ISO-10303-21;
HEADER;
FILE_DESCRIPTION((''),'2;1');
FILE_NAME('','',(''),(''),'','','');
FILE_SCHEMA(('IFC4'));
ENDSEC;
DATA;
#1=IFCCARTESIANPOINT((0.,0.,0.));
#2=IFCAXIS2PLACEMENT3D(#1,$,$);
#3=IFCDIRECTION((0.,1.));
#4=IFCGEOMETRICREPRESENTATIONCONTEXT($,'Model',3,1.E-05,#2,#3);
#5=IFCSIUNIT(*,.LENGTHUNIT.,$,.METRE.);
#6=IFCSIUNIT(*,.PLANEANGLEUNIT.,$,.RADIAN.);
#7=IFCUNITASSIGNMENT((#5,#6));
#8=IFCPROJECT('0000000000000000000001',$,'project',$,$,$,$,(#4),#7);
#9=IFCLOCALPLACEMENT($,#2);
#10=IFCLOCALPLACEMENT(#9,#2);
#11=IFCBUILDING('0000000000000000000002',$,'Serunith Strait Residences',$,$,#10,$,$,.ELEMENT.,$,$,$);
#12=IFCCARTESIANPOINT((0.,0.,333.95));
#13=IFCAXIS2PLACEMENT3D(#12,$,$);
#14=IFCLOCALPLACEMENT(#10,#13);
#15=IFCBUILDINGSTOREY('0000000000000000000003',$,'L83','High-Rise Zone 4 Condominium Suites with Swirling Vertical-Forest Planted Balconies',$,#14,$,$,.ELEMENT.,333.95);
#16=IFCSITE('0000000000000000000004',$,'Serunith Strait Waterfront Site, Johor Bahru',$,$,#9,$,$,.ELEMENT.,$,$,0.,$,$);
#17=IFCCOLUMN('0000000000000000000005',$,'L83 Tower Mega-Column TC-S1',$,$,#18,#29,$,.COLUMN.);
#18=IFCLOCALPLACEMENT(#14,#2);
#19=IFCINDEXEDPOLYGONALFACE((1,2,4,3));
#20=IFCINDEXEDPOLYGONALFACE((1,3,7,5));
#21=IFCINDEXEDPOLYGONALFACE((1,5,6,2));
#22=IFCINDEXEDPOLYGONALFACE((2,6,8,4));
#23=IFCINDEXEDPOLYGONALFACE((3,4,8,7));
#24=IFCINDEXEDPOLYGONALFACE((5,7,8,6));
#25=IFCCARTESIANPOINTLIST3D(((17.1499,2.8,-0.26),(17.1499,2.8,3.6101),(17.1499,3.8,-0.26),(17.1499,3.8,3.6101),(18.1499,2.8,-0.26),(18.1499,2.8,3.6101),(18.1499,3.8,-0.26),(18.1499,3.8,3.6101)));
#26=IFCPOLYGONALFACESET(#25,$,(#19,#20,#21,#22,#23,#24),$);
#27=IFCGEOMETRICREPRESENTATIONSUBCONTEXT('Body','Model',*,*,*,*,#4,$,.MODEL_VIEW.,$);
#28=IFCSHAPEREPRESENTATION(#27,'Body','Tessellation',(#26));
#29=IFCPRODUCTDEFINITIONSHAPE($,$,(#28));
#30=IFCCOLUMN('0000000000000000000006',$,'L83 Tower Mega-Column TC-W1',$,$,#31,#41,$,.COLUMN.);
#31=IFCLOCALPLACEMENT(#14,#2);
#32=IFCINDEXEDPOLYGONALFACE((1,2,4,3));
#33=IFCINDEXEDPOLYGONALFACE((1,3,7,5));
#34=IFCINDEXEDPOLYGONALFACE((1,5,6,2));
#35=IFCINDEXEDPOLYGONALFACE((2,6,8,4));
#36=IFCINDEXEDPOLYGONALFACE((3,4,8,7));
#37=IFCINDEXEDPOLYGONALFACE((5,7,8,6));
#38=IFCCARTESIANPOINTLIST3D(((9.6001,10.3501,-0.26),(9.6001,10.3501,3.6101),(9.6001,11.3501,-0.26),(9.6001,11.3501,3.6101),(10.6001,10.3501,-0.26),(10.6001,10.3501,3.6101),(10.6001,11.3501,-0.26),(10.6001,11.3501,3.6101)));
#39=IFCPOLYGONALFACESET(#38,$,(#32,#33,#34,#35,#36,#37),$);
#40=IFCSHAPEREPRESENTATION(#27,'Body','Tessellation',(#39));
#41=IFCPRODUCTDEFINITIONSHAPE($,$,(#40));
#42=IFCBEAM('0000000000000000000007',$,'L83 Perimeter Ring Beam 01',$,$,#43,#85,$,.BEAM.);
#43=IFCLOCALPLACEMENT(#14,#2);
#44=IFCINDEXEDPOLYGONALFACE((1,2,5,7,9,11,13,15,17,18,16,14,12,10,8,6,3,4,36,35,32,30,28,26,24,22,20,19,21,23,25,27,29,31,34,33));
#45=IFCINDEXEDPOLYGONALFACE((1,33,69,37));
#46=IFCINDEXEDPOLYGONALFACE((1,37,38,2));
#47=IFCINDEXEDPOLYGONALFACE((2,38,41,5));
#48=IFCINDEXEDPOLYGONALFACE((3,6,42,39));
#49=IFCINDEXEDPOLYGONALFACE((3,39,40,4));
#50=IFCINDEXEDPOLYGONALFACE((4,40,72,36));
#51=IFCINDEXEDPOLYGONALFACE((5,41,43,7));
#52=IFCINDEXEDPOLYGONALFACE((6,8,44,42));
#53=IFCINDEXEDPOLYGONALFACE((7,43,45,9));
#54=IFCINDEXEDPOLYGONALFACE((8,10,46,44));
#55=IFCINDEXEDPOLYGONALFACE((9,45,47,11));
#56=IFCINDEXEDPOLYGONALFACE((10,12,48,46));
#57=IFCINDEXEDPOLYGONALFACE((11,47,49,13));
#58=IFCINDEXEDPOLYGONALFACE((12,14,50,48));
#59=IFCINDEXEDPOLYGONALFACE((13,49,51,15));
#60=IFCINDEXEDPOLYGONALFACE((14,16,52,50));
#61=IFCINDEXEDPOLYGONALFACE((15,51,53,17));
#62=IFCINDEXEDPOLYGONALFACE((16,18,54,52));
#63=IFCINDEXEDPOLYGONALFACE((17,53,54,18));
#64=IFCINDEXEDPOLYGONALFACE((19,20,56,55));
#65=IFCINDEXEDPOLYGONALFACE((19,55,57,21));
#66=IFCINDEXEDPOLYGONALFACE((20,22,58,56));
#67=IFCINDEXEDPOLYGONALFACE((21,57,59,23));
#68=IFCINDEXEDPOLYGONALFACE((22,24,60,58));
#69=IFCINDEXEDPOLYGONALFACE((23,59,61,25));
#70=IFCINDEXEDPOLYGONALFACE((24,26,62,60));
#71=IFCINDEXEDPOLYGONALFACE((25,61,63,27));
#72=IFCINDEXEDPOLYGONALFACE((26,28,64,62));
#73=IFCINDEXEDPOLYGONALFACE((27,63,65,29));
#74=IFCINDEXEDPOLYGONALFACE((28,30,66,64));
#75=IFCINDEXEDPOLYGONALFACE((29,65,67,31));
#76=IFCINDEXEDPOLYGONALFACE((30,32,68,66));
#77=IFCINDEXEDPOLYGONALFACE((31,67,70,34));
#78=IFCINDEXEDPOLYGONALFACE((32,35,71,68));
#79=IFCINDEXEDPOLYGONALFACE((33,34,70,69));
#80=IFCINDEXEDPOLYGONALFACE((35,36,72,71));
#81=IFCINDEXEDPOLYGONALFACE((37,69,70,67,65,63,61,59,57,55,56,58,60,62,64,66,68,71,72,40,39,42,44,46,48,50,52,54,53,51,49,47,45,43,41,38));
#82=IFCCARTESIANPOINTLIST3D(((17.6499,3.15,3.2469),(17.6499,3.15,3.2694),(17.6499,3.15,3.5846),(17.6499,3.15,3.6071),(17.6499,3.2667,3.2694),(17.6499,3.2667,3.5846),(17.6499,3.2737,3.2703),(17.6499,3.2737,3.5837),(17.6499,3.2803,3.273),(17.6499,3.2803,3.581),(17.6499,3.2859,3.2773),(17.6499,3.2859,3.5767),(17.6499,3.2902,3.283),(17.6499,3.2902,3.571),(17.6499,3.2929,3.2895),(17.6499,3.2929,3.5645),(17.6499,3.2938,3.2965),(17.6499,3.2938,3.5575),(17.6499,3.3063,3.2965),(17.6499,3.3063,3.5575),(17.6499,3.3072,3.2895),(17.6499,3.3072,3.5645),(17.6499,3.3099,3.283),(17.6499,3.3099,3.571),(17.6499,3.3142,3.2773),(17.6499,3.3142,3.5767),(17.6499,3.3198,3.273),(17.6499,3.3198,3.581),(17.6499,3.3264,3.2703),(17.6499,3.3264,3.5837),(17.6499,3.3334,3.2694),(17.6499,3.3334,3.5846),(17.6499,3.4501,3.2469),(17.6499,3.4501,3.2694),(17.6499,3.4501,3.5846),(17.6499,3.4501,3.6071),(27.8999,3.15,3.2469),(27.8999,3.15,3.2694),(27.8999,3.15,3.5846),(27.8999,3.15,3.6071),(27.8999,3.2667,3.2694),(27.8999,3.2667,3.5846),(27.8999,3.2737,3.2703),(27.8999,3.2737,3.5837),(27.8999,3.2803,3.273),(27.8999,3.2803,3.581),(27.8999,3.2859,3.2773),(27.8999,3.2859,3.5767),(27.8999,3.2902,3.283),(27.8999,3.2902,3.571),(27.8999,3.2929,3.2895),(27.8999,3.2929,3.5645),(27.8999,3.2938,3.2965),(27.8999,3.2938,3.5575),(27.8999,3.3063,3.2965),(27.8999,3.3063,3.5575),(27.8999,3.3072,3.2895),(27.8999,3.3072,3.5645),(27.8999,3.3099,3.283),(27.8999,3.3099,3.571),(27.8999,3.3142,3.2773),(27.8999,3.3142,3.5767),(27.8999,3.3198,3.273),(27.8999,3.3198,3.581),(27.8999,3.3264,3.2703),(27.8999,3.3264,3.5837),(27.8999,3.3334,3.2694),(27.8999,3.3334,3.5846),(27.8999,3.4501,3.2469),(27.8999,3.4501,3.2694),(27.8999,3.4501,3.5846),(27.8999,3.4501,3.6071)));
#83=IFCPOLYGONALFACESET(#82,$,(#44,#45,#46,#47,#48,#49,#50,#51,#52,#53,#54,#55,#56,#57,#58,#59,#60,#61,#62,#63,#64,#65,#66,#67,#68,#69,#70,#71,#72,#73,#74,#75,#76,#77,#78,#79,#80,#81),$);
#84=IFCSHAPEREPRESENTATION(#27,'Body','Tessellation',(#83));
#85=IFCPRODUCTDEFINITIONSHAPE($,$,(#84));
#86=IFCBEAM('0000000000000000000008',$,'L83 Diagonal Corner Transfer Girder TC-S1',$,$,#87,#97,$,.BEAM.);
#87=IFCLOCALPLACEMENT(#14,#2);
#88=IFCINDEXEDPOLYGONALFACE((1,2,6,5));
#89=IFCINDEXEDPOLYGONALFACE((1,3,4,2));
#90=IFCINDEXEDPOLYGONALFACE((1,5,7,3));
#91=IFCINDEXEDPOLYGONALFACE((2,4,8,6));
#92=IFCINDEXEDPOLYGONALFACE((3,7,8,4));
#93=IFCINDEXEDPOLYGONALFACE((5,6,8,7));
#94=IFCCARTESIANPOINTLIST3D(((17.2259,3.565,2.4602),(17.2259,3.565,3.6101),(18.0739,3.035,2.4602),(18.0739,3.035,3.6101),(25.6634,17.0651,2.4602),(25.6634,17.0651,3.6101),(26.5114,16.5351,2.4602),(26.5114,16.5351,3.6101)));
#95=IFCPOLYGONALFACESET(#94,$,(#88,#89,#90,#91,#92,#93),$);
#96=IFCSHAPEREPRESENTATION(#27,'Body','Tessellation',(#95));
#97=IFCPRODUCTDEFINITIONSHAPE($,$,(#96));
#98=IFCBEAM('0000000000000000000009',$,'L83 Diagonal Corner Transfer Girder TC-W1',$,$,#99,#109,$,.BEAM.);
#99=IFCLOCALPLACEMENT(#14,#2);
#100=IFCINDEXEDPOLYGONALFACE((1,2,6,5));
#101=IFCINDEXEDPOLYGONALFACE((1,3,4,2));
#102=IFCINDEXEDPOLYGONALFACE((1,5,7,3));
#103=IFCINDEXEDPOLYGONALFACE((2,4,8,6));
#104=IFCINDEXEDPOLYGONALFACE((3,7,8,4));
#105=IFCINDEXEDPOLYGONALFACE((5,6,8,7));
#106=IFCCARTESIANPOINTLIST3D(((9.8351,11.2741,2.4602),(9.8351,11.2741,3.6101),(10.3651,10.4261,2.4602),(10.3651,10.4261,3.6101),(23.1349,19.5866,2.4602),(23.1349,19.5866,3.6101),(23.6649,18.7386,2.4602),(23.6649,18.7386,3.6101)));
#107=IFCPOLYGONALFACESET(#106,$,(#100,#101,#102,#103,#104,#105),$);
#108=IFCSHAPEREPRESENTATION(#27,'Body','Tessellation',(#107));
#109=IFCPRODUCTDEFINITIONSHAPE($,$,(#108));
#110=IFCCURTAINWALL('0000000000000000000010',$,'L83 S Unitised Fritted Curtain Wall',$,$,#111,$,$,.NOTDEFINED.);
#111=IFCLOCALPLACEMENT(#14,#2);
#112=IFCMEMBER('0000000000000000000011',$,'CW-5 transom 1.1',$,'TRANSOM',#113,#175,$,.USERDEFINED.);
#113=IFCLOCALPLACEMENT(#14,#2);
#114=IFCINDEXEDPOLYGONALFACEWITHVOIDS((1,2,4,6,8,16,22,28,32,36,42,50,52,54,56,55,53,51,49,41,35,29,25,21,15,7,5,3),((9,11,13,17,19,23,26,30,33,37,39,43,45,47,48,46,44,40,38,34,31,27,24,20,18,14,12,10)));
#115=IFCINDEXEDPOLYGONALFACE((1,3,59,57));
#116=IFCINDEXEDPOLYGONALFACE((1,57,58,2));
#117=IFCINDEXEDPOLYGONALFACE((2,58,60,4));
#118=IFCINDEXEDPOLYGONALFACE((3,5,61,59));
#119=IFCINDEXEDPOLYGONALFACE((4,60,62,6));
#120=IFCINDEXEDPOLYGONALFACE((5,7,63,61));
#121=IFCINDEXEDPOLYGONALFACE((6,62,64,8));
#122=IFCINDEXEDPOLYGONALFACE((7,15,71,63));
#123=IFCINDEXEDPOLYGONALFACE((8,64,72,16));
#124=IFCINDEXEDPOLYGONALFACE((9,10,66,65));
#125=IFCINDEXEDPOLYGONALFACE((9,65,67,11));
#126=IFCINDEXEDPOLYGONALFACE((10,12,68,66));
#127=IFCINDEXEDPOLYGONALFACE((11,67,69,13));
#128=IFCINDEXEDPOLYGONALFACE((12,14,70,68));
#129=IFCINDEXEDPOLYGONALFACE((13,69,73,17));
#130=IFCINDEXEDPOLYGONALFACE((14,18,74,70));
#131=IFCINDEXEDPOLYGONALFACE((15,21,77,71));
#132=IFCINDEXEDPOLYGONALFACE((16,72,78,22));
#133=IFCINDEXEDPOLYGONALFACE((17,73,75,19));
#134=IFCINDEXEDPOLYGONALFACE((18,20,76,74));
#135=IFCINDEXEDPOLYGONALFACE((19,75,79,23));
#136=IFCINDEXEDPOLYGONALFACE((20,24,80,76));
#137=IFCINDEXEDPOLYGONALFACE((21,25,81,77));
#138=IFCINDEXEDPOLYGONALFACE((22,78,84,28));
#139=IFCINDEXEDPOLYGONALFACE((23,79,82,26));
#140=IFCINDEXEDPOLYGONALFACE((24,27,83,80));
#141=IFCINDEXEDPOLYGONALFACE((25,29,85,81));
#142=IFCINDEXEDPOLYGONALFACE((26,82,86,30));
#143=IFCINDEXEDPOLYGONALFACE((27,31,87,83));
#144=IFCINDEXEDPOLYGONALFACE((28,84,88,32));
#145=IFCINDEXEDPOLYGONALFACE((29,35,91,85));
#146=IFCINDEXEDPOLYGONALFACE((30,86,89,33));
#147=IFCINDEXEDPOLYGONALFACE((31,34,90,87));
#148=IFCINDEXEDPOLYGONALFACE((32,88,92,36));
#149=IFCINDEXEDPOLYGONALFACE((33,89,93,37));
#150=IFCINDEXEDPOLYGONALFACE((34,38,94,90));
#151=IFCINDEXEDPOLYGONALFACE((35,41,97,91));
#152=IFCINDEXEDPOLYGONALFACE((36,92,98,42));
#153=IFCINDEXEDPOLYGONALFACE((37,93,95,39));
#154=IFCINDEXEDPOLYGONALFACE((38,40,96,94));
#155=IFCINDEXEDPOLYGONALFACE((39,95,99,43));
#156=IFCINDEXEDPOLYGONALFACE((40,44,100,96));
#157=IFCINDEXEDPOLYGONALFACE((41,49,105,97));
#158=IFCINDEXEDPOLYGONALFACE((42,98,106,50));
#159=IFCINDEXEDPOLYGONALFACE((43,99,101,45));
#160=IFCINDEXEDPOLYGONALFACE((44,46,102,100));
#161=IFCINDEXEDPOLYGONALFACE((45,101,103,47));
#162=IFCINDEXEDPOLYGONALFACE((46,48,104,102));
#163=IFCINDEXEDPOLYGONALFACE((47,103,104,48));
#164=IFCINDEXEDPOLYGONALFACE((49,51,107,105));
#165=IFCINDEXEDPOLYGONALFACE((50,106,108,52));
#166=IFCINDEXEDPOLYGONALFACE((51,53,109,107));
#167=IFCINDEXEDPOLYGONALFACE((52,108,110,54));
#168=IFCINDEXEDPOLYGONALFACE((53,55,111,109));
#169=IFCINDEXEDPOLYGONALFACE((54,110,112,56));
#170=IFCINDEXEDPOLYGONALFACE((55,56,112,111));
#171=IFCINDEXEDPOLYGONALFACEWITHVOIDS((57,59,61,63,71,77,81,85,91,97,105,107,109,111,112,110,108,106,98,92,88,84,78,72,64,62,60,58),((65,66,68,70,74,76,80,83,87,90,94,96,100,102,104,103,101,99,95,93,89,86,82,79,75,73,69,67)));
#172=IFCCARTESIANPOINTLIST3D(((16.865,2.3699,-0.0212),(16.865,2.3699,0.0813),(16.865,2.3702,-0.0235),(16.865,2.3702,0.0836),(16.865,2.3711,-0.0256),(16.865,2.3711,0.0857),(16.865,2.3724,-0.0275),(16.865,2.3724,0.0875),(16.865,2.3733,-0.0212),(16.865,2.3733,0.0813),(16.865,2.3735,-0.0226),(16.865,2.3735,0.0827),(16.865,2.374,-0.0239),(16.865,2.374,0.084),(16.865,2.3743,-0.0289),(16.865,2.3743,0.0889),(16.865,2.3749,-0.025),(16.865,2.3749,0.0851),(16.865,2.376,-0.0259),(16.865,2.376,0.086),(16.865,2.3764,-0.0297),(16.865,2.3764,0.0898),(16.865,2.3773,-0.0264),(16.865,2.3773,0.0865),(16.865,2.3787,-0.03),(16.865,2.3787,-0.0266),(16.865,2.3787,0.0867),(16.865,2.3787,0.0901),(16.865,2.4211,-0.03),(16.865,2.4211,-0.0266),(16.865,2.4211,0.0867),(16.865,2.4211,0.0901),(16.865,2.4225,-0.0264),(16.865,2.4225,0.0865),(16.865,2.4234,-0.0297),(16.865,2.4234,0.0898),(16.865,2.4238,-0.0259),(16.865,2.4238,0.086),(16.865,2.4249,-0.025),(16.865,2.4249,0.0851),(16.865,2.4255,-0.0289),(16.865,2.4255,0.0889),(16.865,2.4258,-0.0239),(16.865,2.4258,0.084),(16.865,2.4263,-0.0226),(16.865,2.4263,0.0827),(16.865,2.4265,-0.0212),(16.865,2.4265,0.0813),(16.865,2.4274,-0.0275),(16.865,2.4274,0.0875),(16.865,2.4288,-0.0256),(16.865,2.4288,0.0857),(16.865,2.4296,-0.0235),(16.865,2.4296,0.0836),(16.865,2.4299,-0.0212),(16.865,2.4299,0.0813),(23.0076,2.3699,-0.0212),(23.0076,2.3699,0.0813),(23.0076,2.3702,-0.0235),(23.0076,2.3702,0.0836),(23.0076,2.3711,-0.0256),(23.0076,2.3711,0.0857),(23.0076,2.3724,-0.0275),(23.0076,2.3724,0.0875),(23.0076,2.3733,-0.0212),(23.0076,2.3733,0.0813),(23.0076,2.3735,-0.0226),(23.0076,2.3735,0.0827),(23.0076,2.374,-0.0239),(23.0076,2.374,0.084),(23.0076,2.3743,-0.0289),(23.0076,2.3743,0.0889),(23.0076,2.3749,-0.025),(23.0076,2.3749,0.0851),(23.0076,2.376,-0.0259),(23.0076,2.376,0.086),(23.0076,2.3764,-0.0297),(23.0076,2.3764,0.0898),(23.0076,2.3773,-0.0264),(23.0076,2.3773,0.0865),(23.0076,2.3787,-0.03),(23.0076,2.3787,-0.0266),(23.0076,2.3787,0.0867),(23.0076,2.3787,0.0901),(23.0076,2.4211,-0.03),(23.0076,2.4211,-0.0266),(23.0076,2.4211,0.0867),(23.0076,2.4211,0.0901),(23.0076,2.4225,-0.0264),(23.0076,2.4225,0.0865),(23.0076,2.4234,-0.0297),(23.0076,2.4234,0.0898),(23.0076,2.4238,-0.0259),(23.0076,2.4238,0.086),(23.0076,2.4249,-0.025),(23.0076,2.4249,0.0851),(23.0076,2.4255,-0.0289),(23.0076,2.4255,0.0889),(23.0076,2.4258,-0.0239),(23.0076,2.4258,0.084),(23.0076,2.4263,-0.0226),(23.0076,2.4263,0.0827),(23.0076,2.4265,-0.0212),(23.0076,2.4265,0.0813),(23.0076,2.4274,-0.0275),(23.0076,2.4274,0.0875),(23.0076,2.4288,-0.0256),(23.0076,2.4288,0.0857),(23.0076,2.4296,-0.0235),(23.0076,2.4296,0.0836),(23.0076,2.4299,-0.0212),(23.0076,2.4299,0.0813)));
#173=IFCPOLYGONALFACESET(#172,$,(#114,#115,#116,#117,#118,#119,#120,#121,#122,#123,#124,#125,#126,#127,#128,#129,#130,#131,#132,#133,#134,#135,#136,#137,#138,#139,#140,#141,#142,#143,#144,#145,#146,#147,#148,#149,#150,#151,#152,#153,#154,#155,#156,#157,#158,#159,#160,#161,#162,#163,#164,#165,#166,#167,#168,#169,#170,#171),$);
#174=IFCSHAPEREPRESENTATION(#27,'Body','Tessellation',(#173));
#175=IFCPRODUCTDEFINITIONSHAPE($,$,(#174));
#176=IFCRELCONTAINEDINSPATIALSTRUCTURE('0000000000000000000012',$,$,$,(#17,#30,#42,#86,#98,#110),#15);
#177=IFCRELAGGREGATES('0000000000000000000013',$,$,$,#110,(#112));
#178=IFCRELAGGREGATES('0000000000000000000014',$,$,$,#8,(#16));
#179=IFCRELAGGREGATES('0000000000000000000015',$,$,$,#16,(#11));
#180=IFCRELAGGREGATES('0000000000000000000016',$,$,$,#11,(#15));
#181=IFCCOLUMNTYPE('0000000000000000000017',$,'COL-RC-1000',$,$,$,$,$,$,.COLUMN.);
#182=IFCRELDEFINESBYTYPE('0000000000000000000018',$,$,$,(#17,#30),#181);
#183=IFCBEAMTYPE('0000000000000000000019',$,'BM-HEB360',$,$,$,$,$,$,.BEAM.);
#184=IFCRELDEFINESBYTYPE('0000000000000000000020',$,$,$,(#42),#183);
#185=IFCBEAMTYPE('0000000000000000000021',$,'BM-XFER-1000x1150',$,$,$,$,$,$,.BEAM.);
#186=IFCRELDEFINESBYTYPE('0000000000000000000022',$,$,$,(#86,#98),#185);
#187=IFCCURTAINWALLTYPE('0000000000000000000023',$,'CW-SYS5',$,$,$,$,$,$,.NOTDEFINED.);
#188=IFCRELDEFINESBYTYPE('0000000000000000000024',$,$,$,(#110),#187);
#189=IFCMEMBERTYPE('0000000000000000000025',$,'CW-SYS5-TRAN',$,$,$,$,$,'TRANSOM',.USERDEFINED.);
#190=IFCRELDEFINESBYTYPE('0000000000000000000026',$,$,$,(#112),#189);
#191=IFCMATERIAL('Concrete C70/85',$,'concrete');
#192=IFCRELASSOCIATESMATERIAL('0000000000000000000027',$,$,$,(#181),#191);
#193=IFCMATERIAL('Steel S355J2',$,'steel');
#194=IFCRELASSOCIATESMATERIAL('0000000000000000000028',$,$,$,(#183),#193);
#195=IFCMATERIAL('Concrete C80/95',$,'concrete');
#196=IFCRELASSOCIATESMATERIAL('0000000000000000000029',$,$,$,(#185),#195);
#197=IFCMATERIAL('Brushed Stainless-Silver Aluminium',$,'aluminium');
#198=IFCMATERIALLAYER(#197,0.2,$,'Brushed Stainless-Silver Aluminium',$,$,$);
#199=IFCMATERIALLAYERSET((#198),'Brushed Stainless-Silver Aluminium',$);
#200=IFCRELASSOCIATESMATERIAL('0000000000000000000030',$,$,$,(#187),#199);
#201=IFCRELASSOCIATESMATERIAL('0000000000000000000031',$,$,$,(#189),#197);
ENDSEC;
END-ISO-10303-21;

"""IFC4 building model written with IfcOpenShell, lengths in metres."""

from ifc_helpers import new_model, si_unit, direction, frame, origin, origin_2d, place, context, subcontext, project, spatial, rectangle, hollow_rectangle, i_section, extrude, source, transform, mapped, material, layer, layer_set, material_profile, profile_set, type_object, element, aggregate, save


model = new_model("IFC4")

# Units and contexts
model_context = context("Model", 3, precision=1e-05, world=origin(), true_north=direction((0.0, 1.0)))
body_context = subcontext(model_context, "Body", "Model", "MODEL_VIEW")
ifc_project = project(units=[si_unit("LENGTHUNIT", "METRE"), si_unit("PLANEANGLEUNIT", "RADIAN")], contexts=[model_context])

# Site, building, storey
site_placement = place(None, origin())
site = spatial("IfcSite", under=ifc_project, at=site_placement, Name="Serunith Strait Waterfront Site, Johor Bahru", CompositionType="ELEMENT", RefElevation=0.0)
building_placement = place(site_placement, origin())
building = spatial("IfcBuilding", under=site, at=building_placement, Name="Serunith Strait Residences", CompositionType="ELEMENT")
storey_placement = place(building_placement, frame((0.0, 0.0, 333.95)))
storey = spatial("IfcBuildingStorey", under=building, at=storey_placement, Name="L83", Description="High-Rise Zone 4 Condominium Suites with Swirling Vertical-Forest Planted Balconies", CompositionType="ELEMENT", Elevation=333.95)

# Columns
ifc_material_1 = material(Name="Concrete C70/85", Category="concrete")
ifc_material_profile_1 = material_profile(ifc_material_1, rectangle(XDim=1.0, YDim=1.0, at=origin_2d()), Name="RC 1000x1000")
ifc_profile_set_1 = profile_set([ifc_material_profile_1], Name="Concrete C70/85")
column_type = type_object("IfcColumnType", Name="COL-RC-1000", PredefinedType="COLUMN", material=ifc_profile_set_1)
shared_shape_1 = source(origin(), body_context, "Body", "SweptSolid", [
    extrude(rectangle(XDim=1.0, YDim=1.0, at=origin_2d()), origin(), (0.0, 0.0, 1.0), 3.8701),
])
for number, where, z_axis, x_axis, name in (
    (1, (17.6499, 3.3, -0.26), (0.0, 0.0, 1.0), (1.0, 0.0, 0.0), "L83 Tower Mega-Column TC-S1"),
    (2, (10.1001, 10.8501, -0.26), (0.0, 0.0, 1.0), (1.0, 0.0, 0.0), "L83 Tower Mega-Column TC-W1"),
):
    element("IfcColumn", number, at=place(storey_placement, frame(where, z_axis=z_axis, x_axis=x_axis)), inside=storey, type_object=column_type, Name=name, PredefinedType="COLUMN", context=body_context, shape_type="MappedRepresentation", body=[
        mapped(shared_shape_1, transform((0.0, 0.0, 0.0), scale=1.0)),
    ])

# Beams
ifc_material_2 = material(Name="Steel S355J2", Category="steel")
ifc_material_profile_2 = material_profile(ifc_material_2, i_section(OverallWidth=0.3, OverallDepth=0.3601, WebThickness=0.0125, FlangeThickness=0.0225, FilletRadius=0.0271, at=origin_2d()), Name="HEB 360")
ifc_profile_set_2 = profile_set([ifc_material_profile_2], Name="Steel S355J2")
beam_type_1 = type_object("IfcBeamType", Name="BM-HEB360", PredefinedType="BEAM", material=ifc_profile_set_2)
shared_shape_2 = source(origin(), body_context, "Body", "SweptSolid", [
    extrude(i_section(OverallWidth=0.3, OverallDepth=0.3601, WebThickness=0.0125, FlangeThickness=0.0225, FilletRadius=0.0271, at=origin_2d()), origin(), (0.0, 0.0, 1.0), 10.25),
])
beam_1_placement = place(storey_placement, frame((17.6499, 3.3, 3.427), z_axis=(1.0, 0.0, 0.0), x_axis=(0.0, 1.0, 0.0)))
element("IfcBeam", 3, at=beam_1_placement, inside=storey, type_object=beam_type_1, Name="L83 Perimeter Ring Beam 01", PredefinedType="BEAM", context=body_context, shape_type="MappedRepresentation", body=[
    mapped(shared_shape_2, transform((0.0, 0.0, 0.0), scale=1.0)),
])
ifc_material_3 = material(Name="Concrete C80/95", Category="concrete")
ifc_material_profile_3 = material_profile(ifc_material_3, rectangle(XDim=1.0, YDim=1.1499, at=origin_2d()), Name="RC 1000x1150")
ifc_profile_set_3 = profile_set([ifc_material_profile_3], Name="Concrete C80/95")
beam_type_2 = type_object("IfcBeamType", Name="BM-XFER-1000x1150", PredefinedType="BEAM", material=ifc_profile_set_3)
shared_shape_3 = source(origin(), body_context, "Body", "SweptSolid", [
    extrude(rectangle(XDim=1.0, YDim=1.1499, at=origin_2d()), origin(), (0.0, 0.0, 1.0), 15.9199),
])
beam_2_placement = place(storey_placement, frame((17.6499, 3.3, 3.0352), z_axis=(0.529999, 0.847998, 0.0), x_axis=(-0.847998, 0.529999, 0.0)))
element("IfcBeam", 4, at=beam_2_placement, inside=storey, type_object=beam_type_2, Name="L83 Diagonal Corner Transfer Girder TC-S1", PredefinedType="BEAM", context=body_context, shape_type="MappedRepresentation", body=[
    mapped(shared_shape_3, transform((0.0, 0.0, 0.0), scale=1.0)),
])
shared_shape_4 = source(origin(), body_context, "Body", "SweptSolid", [
    extrude(rectangle(XDim=1.0, YDim=1.1499, at=origin_2d()), origin(), (0.0, 0.0, 1.0), 15.6838),
])
beam_3_placement = place(storey_placement, frame((10.1001, 10.8501, 3.0352), z_axis=(0.847995, 0.530005, 0.0), x_axis=(-0.530005, 0.847995, 0.0)))
element("IfcBeam", 5, at=beam_3_placement, inside=storey, type_object=beam_type_2, Name="L83 Diagonal Corner Transfer Girder TC-W1", PredefinedType="BEAM", context=body_context, shape_type="MappedRepresentation", body=[
    mapped(shared_shape_4, transform((0.0, 0.0, 0.0), scale=1.0)),
])

# Curtain wall, member
ifc_material_4 = material(Name="Brushed Stainless-Silver Aluminium", Category="aluminium")
ifc_layer_1 = layer(ifc_material_4, 0.2, Name="Brushed Stainless-Silver Aluminium")
ifc_layer_set_1 = layer_set([ifc_layer_1], Name="Brushed Stainless-Silver Aluminium")
curtain_wall_type = type_object("IfcCurtainWallType", Name="CW-SYS5", PredefinedType="NOTDEFINED", material=ifc_layer_set_1)
curtain_wall_1_placement = place(storey_placement, origin())
curtain_wall_1 = element("IfcCurtainWall", 6, at=curtain_wall_1_placement, inside=storey, type_object=curtain_wall_type, Name="L83 S Unitised Fritted Curtain Wall", PredefinedType="NOTDEFINED")
ifc_material_profile_4 = material_profile(ifc_material_4, hollow_rectangle(XDim=0.0601, YDim=0.1201, WallThickness=0.0034, InnerFilletRadius=0.0054, OuterFilletRadius=0.0088, at=origin_2d()), Name="ALU 120x60x3.5")
ifc_profile_set_4 = profile_set([ifc_material_profile_4], Name="Brushed Stainless-Silver Aluminium")
member_type_1 = type_object("IfcMemberType", Name="CW-SYS5-TRAN", ElementType="TRANSOM", PredefinedType="USERDEFINED", material=ifc_profile_set_4)
shared_shape_5 = source(origin(), body_context, "Body", "SweptSolid", [
    extrude(hollow_rectangle(XDim=0.0601, YDim=0.1201, WallThickness=0.0034, InnerFilletRadius=0.0054, OuterFilletRadius=0.0088, at=origin_2d()), origin(), (0.0, 0.0, 1.0), 6.1426),
])
member_1_placement = place(storey_placement, frame((16.865, 2.3999, 0.03), z_axis=(1.0, 0.0, 0.0), x_axis=(0.0, 1.0, 0.0)))
member_1 = element("IfcMember", 7, at=member_1_placement, type_object=member_type_1, Name="CW-5 transom 1.1", ObjectType="TRANSOM", PredefinedType="USERDEFINED", context=body_context, shape_type="MappedRepresentation", body=[
    mapped(shared_shape_5, transform((0.0, 0.0, 0.0), scale=1.0)),
])
aggregate(curtain_wall_1, [member_1])

save(model, "model.ifc")
